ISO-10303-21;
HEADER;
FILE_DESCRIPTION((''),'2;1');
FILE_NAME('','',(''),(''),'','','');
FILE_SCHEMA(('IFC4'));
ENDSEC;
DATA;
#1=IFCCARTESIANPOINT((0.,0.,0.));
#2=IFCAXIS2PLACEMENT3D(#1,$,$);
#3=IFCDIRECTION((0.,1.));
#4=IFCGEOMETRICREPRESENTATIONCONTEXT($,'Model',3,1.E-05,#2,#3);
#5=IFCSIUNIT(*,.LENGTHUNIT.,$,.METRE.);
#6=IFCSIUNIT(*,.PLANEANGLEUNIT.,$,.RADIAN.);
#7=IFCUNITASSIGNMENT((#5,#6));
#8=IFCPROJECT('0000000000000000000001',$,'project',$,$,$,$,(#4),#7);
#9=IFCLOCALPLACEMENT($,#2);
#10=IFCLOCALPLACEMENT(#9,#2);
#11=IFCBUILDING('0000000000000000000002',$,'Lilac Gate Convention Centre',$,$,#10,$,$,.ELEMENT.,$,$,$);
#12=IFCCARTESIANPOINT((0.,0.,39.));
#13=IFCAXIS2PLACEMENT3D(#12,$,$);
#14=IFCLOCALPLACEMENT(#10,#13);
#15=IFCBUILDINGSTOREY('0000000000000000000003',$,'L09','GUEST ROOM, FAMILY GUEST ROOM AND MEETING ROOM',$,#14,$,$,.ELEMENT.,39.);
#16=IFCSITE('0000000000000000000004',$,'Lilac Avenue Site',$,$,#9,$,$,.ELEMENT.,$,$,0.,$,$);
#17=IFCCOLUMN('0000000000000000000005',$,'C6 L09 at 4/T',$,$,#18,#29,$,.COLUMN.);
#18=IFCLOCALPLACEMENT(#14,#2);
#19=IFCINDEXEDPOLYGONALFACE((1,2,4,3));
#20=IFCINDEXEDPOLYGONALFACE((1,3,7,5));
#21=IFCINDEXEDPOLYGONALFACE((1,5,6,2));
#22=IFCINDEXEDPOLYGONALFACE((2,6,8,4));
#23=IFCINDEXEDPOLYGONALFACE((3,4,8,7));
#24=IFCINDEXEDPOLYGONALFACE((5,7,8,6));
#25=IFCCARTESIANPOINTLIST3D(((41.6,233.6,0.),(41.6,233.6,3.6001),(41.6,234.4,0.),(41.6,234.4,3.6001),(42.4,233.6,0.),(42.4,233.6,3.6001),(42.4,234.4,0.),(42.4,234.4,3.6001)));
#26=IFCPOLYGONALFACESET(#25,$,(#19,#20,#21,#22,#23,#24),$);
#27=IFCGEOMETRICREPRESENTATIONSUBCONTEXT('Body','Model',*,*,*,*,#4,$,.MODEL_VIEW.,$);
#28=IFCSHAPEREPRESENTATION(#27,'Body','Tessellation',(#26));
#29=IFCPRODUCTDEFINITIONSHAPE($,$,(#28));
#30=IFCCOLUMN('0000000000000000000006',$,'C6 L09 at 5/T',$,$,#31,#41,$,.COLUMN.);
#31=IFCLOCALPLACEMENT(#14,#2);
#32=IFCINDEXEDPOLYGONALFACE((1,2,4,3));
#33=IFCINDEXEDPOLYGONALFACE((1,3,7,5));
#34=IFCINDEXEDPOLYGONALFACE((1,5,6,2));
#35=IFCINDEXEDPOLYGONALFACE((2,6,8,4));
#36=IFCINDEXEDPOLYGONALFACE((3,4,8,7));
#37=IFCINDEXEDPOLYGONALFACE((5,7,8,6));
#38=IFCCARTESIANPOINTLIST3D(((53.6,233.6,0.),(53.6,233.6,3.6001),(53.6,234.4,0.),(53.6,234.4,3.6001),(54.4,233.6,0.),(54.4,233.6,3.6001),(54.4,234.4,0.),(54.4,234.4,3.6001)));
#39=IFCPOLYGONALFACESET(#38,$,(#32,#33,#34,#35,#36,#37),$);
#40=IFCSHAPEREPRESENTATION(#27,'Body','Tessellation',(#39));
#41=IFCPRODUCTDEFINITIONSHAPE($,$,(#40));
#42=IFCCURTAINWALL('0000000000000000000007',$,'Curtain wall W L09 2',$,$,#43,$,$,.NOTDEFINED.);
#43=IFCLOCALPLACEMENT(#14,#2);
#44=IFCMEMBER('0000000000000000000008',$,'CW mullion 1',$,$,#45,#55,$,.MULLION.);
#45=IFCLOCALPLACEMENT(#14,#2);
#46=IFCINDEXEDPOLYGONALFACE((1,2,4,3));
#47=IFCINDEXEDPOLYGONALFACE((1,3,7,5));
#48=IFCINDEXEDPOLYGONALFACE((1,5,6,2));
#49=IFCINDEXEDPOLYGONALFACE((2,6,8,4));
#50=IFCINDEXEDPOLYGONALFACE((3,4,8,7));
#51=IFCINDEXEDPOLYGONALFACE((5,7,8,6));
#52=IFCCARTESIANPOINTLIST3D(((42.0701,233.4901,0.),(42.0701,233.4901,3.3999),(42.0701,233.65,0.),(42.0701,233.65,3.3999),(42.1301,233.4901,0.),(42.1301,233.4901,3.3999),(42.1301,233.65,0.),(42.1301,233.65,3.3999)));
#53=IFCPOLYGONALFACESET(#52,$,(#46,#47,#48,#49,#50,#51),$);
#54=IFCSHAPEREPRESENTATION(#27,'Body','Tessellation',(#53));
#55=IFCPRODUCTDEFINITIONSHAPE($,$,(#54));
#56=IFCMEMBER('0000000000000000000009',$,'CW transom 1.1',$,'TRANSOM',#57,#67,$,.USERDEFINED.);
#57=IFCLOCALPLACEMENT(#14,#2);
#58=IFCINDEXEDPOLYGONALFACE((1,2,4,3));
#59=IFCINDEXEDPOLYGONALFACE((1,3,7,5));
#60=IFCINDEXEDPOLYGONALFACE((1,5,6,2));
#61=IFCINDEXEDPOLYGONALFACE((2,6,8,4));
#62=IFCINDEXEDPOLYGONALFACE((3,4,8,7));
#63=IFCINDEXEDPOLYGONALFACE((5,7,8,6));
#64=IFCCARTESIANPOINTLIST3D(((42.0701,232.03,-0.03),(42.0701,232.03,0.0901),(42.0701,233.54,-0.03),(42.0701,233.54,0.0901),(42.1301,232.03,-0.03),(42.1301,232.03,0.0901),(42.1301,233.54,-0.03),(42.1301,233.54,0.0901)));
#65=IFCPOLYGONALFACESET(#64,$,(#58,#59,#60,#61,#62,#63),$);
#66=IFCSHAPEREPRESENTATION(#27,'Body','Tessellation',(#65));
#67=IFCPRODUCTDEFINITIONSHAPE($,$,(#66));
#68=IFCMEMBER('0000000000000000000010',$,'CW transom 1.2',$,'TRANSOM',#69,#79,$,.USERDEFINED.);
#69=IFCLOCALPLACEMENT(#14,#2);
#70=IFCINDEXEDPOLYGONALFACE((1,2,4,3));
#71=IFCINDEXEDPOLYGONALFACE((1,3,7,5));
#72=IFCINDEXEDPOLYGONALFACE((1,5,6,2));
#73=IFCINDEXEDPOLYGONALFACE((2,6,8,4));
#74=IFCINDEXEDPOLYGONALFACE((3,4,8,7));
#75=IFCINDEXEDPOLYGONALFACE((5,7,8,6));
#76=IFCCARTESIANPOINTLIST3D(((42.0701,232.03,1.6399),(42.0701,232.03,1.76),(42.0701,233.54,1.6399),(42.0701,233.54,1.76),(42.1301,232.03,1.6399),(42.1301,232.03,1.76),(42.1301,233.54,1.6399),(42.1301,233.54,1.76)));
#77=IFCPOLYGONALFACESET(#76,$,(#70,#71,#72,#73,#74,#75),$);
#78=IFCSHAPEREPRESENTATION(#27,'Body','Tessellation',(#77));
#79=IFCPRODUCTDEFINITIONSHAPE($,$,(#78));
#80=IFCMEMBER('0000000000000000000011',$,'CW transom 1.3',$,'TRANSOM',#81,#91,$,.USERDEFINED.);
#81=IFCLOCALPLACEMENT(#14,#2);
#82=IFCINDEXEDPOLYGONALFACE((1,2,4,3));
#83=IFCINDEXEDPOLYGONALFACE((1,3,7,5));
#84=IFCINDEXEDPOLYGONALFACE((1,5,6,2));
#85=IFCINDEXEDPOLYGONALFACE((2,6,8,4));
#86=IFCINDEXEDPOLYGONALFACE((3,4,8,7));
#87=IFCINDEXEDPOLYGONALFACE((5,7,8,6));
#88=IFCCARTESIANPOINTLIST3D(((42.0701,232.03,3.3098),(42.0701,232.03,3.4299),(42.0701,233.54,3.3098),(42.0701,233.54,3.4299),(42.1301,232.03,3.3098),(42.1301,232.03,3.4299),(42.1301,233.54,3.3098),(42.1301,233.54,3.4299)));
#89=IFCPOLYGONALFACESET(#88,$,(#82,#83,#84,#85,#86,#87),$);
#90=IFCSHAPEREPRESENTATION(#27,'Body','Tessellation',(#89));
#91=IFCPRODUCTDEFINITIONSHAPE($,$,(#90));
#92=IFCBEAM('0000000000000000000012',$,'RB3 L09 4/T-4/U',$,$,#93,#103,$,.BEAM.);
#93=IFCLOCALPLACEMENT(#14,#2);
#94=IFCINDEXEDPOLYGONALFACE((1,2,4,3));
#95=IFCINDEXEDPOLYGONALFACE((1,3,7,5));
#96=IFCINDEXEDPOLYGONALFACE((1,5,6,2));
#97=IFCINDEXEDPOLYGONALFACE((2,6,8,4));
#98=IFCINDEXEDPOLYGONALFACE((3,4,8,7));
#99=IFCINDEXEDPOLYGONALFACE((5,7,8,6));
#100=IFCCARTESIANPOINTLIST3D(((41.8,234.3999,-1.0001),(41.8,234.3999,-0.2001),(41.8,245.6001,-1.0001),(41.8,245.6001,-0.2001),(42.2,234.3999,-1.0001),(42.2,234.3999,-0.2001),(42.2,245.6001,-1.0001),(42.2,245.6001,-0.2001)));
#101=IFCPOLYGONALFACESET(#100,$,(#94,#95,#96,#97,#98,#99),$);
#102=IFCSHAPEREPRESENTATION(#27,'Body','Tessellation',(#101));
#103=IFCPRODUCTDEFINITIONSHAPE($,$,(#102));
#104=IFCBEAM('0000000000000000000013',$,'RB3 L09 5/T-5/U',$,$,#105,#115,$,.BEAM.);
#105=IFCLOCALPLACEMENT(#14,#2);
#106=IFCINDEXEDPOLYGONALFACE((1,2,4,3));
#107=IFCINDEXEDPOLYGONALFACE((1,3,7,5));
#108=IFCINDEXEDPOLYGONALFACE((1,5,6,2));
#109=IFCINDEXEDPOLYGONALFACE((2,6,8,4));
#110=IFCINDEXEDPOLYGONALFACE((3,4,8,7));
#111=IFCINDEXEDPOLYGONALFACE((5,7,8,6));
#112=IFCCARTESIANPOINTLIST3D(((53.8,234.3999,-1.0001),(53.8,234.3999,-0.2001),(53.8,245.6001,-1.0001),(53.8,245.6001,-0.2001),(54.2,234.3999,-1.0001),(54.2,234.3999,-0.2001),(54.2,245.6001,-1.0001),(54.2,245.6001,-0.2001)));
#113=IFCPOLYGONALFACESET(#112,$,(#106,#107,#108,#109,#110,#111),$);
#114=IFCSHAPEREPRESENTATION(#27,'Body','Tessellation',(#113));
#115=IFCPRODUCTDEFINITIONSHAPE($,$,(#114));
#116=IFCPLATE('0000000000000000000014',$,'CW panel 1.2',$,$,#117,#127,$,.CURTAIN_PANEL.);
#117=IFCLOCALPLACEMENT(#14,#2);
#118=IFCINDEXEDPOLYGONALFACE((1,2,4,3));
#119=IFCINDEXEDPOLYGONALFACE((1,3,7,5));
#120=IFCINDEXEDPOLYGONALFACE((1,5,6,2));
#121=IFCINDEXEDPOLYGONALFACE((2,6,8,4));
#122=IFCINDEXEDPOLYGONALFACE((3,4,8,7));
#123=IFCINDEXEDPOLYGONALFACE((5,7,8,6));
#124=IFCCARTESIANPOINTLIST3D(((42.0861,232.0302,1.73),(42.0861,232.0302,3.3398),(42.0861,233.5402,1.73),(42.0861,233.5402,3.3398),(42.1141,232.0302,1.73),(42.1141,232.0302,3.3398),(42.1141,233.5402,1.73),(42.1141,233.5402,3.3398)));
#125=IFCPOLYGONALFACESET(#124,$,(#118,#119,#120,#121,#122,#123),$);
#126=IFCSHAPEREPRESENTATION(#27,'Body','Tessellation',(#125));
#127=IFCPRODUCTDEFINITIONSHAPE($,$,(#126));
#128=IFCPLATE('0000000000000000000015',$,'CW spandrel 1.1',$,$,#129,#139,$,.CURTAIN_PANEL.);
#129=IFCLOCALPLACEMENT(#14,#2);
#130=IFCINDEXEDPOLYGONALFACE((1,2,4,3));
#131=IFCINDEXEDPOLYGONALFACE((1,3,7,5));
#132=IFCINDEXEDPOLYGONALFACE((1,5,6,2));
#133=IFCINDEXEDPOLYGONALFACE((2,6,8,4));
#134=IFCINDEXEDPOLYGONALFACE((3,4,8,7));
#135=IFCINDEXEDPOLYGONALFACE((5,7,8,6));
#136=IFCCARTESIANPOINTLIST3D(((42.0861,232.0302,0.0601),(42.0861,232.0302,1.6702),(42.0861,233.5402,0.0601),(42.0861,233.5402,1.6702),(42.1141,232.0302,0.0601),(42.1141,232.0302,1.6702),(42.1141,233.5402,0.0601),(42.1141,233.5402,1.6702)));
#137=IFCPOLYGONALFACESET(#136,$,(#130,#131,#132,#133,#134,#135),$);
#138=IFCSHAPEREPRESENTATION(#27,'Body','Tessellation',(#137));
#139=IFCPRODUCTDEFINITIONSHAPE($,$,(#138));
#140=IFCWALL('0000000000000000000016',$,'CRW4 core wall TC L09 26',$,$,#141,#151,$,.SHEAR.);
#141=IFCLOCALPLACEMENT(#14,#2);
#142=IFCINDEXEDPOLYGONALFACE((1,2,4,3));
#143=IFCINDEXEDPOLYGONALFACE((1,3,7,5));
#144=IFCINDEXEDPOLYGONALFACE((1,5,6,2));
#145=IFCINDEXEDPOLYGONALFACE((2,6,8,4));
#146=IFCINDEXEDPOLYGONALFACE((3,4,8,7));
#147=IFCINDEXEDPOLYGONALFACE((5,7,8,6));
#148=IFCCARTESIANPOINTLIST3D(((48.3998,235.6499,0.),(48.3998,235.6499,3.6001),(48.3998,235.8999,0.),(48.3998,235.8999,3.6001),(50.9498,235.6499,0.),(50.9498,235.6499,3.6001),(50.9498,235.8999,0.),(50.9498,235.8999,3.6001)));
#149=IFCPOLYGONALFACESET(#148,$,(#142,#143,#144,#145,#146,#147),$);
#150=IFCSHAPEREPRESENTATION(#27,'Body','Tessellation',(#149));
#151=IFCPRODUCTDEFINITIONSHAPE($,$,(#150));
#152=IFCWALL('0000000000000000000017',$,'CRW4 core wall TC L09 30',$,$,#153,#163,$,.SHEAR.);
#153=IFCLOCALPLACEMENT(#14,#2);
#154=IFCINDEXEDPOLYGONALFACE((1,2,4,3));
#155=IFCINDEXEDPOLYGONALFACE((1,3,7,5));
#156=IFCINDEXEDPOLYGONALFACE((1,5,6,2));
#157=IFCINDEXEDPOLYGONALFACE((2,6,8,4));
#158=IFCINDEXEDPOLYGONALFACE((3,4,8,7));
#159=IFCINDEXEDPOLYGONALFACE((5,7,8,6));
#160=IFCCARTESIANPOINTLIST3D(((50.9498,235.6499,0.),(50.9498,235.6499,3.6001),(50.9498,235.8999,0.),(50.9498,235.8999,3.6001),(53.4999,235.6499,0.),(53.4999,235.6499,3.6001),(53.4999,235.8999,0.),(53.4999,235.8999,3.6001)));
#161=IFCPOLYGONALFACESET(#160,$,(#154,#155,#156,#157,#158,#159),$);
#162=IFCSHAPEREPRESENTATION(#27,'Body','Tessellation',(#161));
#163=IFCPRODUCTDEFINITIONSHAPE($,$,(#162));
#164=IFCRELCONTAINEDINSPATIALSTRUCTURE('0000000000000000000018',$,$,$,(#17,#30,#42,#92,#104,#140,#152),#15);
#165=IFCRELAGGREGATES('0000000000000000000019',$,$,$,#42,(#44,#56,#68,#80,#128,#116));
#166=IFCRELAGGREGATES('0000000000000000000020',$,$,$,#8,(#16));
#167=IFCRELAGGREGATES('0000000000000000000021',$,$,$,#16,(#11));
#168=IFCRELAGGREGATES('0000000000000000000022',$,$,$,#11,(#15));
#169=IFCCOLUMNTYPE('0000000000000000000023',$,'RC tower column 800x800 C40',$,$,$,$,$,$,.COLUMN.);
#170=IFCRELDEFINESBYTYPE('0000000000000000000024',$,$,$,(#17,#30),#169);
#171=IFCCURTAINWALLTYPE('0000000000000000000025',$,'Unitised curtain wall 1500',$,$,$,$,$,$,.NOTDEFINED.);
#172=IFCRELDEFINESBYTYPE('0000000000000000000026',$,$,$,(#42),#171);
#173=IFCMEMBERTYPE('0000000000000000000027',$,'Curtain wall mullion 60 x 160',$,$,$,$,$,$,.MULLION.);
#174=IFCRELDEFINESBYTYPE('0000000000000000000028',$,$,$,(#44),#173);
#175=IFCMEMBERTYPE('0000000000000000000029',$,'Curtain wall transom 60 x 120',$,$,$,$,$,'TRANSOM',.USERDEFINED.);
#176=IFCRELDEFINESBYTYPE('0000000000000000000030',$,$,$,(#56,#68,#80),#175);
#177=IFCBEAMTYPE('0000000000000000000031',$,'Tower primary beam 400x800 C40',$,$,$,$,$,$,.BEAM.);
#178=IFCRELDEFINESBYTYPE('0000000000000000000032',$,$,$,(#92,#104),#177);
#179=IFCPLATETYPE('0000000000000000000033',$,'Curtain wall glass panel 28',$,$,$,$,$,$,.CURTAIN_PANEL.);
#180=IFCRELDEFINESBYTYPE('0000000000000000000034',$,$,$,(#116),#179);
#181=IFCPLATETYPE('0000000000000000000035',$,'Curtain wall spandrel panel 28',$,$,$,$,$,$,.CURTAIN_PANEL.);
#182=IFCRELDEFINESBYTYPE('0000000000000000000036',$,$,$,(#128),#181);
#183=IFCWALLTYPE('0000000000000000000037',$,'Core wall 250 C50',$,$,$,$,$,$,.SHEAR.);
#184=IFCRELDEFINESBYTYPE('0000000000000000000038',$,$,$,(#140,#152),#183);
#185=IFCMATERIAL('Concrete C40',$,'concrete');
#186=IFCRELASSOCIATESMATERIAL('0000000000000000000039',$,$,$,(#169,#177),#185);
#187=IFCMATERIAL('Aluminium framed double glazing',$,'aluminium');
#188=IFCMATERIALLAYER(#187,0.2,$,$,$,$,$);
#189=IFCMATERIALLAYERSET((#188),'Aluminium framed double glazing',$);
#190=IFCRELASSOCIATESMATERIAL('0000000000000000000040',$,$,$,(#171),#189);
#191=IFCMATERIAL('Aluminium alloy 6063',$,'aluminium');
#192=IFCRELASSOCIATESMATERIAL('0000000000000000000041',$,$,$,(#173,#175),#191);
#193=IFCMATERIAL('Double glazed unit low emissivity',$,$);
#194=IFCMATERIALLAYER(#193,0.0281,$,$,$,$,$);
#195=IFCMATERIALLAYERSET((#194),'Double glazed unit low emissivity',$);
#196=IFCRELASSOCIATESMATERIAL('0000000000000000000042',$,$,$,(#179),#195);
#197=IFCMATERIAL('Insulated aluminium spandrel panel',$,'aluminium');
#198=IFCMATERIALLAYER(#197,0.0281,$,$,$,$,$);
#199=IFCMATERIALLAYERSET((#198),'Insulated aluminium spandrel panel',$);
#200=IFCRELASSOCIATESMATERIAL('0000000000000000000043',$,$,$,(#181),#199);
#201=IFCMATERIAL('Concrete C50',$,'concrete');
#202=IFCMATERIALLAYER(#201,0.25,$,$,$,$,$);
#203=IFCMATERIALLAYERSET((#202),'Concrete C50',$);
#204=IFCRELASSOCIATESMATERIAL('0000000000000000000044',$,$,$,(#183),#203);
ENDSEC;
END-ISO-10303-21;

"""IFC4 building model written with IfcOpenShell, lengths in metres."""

from ifc_helpers import new_model, si_unit, direction, frame, frame_2d, origin, origin_2d, place, context, subcontext, project, spatial, rectangle, extrude, material, layer, layer_set, material_profile, profile_set, type_object, element, aggregate, save


model = new_model("IFC4")

# Units and contexts
model_context = context("Model", 3, precision=1e-05, world=origin(), true_north=direction((0.0, 1.0)))
body_context = subcontext(model_context, "Body", "Model", "MODEL_VIEW")
ifc_project = project(units=[si_unit("LENGTHUNIT", "METRE"), si_unit("PLANEANGLEUNIT", "RADIAN")], contexts=[model_context])

# Site, building, storey
site_placement = place(None, origin())
site = spatial("IfcSite", under=ifc_project, at=site_placement, Name="Lilac Avenue Site", CompositionType="ELEMENT", RefElevation=0.0)
building_placement = place(site_placement, origin())
building = spatial("IfcBuilding", under=site, at=building_placement, Name="Lilac Gate Convention Centre", CompositionType="ELEMENT")
storey_placement = place(building_placement, frame((0.0, 0.0, 39.0)))
storey = spatial("IfcBuildingStorey", under=building, at=storey_placement, Name="L09", Description="GUEST ROOM, FAMILY GUEST ROOM AND MEETING ROOM", CompositionType="ELEMENT", Elevation=39.0)

# Columns
ifc_material_1 = material(Name="Concrete C40", Category="concrete")
ifc_material_profile_1 = material_profile(ifc_material_1, rectangle(XDim=0.8, YDim=0.8, at=origin_2d()), Name="RC 800x800")
ifc_profile_set_1 = profile_set([ifc_material_profile_1], Name="Concrete C40")
column_type = type_object("IfcColumnType", Name="RC tower column 800x800 C40", PredefinedType="COLUMN", material=ifc_profile_set_1)
for number, where, z_axis, x_axis, name in (
    (1, (42.0, 234.0, 0.0), (0.0, 0.0, 1.0), (1.0, 0.0, 0.0), "C6 L09 at 4/T"),
    (2, (54.0, 234.0, 0.0), (0.0, 0.0, 1.0), (1.0, 0.0, 0.0), "C6 L09 at 5/T"),
):
    element("IfcColumn", number, at=place(storey_placement, frame(where, z_axis=z_axis, x_axis=x_axis)), inside=storey, type_object=column_type, Name=name, PredefinedType="COLUMN", context=body_context, shape_type="SweptSolid", body=[
        extrude(rectangle(XDim=0.8, YDim=0.8, at=origin_2d()), origin(), (0.0, 0.0, 1.0), 3.6001),
    ])

# Curtain wall, members
ifc_material_2 = material(Name="Aluminium framed double glazing", Category="aluminium")
ifc_layer_1 = layer(ifc_material_2, 0.2)
ifc_layer_set_1 = layer_set([ifc_layer_1], Name="Aluminium framed double glazing")
curtain_wall_type = type_object("IfcCurtainWallType", Name="Unitised curtain wall 1500", PredefinedType="NOTDEFINED", material=ifc_layer_set_1)
curtain_wall_placement = place(storey_placement, origin())
curtain_wall = element("IfcCurtainWall", 3, at=curtain_wall_placement, inside=storey, type_object=curtain_wall_type, Name="Curtain wall W L09 2", PredefinedType="NOTDEFINED")
ifc_material_3 = material(Name="Aluminium alloy 6063", Category="aluminium")
ifc_material_profile_2 = material_profile(ifc_material_3, rectangle(XDim=0.0601, YDim=0.1599, at=origin_2d()), Name="Curtain wall mullion 60 x 160")
ifc_profile_set_2 = profile_set([ifc_material_profile_2], Name="Aluminium alloy 6063")
member_type_1 = type_object("IfcMemberType", Name="Curtain wall mullion 60 x 160", PredefinedType="MULLION", material=ifc_profile_set_2)
member_1_placement = place(storey_placement, frame((42.1001, 233.5701, 0.0), z_axis=(0.0, 0.0, 1.0), x_axis=(1.0, 0.0, 0.0)))
member_1 = element("IfcMember", 4, at=member_1_placement, type_object=member_type_1, Name="CW mullion 1", PredefinedType="MULLION", context=body_context, shape_type="SweptSolid", body=[
    extrude(rectangle(XDim=0.0601, YDim=0.1599, at=origin_2d()), origin(), (0.0, 0.0, 1.0), 3.3999),
])
ifc_material_profile_3 = material_profile(ifc_material_3, rectangle(XDim=0.0601, YDim=0.1201, at=origin_2d()), Name="Curtain wall transom 60 x 120")
ifc_profile_set_3 = profile_set([ifc_material_profile_3], Name="Aluminium alloy 6063")
member_type_2 = type_object("IfcMemberType", Name="Curtain wall transom 60 x 120", ElementType="TRANSOM", PredefinedType="USERDEFINED", material=ifc_profile_set_3)
member_2_placement = place(storey_placement, frame((42.1001, 233.54, 0.03), z_axis=(0.0, -1.0, 0.0), x_axis=(1.0, 0.0, 0.0)))
member_2 = element("IfcMember", 5, at=member_2_placement, type_object=member_type_2, Name="CW transom 1.1", ObjectType="TRANSOM", PredefinedType="USERDEFINED", context=body_context, shape_type="SweptSolid", body=[
    extrude(rectangle(XDim=0.0601, YDim=0.1201, at=origin_2d()), origin(), (0.0, 0.0, 1.0), 1.51),
])
member_3_placement = place(storey_placement, frame((42.1001, 233.54, 1.7), z_axis=(0.0, -1.0, 0.0), x_axis=(1.0, 0.0, 0.0)))
member_3 = element("IfcMember", 6, at=member_3_placement, type_object=member_type_2, Name="CW transom 1.2", ObjectType="TRANSOM", PredefinedType="USERDEFINED", context=body_context, shape_type="SweptSolid", body=[
    extrude(rectangle(XDim=0.0601, YDim=0.1201, at=origin_2d()), origin(), (0.0, 0.0, 1.0), 1.51),
])
member_4_placement = place(storey_placement, frame((42.1001, 233.54, 3.3699), z_axis=(0.0, -1.0, 0.0), x_axis=(1.0, 0.0, 0.0)))
member_4 = element("IfcMember", 7, at=member_4_placement, type_object=member_type_2, Name="CW transom 1.3", ObjectType="TRANSOM", PredefinedType="USERDEFINED", context=body_context, shape_type="SweptSolid", body=[
    extrude(rectangle(XDim=0.0601, YDim=0.1201, at=origin_2d()), origin(), (0.0, 0.0, 1.0), 1.51),
])

# Beams
ifc_material_profile_4 = material_profile(ifc_material_1, rectangle(XDim=0.3999, YDim=0.8, at=origin_2d()), Name="RC 400x800")
ifc_profile_set_4 = profile_set([ifc_material_profile_4], Name="Concrete C40")
beam_type = type_object("IfcBeamType", Name="Tower primary beam 400x800 C40", PredefinedType="BEAM", material=ifc_profile_set_4)
for number, where, z_axis, x_axis, name in (
    (8, (42.0, 234.3999, -0.6001), (0.0, 1.0, 0.0), (-1.0, 0.0, 0.0), "RB3 L09 4/T-4/U"),
    (9, (54.0, 234.3999, -0.6001), (0.0, 1.0, 0.0), (-1.0, 0.0, 0.0), "RB3 L09 5/T-5/U"),
):
    element("IfcBeam", number, at=place(storey_placement, frame(where, z_axis=z_axis, x_axis=x_axis)), inside=storey, type_object=beam_type, Name=name, PredefinedType="BEAM", context=body_context, shape_type="SweptSolid", body=[
        extrude(rectangle(XDim=0.3999, YDim=0.8, at=origin_2d()), origin(), (0.0, 0.0, 1.0), 11.2002),
    ])

# Plates
ifc_material_4 = material(Name="Double glazed unit low emissivity")
ifc_layer_2 = layer(ifc_material_4, 0.0281)
ifc_layer_set_2 = layer_set([ifc_layer_2], Name="Double glazed unit low emissivity")
plate_type_1 = type_object("IfcPlateType", Name="Curtain wall glass panel 28", PredefinedType="CURTAIN_PANEL", material=ifc_layer_set_2)
plate_1_placement = place(storey_placement, frame((42.1001, 232.7852, 1.73), z_axis=(0.0, 0.0, 1.0), x_axis=(0.0, -1.0, 0.0)))
plate_1 = element("IfcPlate", 10, at=plate_1_placement, type_object=plate_type_1, Name="CW panel 1.2", PredefinedType="CURTAIN_PANEL", context=body_context, shape_type="SweptSolid", body=[
    extrude(rectangle(XDim=1.51, YDim=0.0281, at=origin_2d()), origin(), (0.0, 0.0, 1.0), 1.6099),
])
ifc_material_5 = material(Name="Insulated aluminium spandrel panel", Category="aluminium")
ifc_layer_3 = layer(ifc_material_5, 0.0281)
ifc_layer_set_3 = layer_set([ifc_layer_3], Name="Insulated aluminium spandrel panel")
plate_type_2 = type_object("IfcPlateType", Name="Curtain wall spandrel panel 28", PredefinedType="CURTAIN_PANEL", material=ifc_layer_set_3)
plate_2_placement = place(storey_placement, frame((42.1001, 232.7852, 0.0601), z_axis=(0.0, 0.0, 1.0), x_axis=(0.0, -1.0, 0.0)))
plate_2 = element("IfcPlate", 11, at=plate_2_placement, type_object=plate_type_2, Name="CW spandrel 1.1", PredefinedType="CURTAIN_PANEL", context=body_context, shape_type="SweptSolid", body=[
    extrude(rectangle(XDim=1.51, YDim=0.0281, at=origin_2d()), origin(), (0.0, 0.0, 1.0), 1.6101),
])
aggregate(curtain_wall, [member_1, member_2, member_3, member_4, plate_2, plate_1])

# Walls
ifc_material_6 = material(Name="Concrete C50", Category="concrete")
ifc_layer_4 = layer(ifc_material_6, 0.25)
ifc_layer_set_4 = layer_set([ifc_layer_4], Name="Concrete C50")
wall_type_1 = type_object("IfcWallType", Name="Core wall 250 C50", PredefinedType="SHEAR", material=ifc_layer_set_4)
for number, where, z_axis, x_axis, name in (
    (12, (48.3999, 235.7749, 0.0), (0.0, 0.0, 1.0), (1.0, 0.0, 0.0), "CRW4 core wall TC L09 26"),
    (13, (50.95, 235.7749, 0.0), (0.0, 0.0, 1.0), (1.0, 0.0, 0.0), "CRW4 core wall TC L09 30"),
):
    element("IfcWall", number, at=place(storey_placement, frame(where, z_axis=z_axis, x_axis=x_axis)), inside=storey, type_object=wall_type_1, Name=name, PredefinedType="SHEAR", context=body_context, shape_type="SweptSolid", body=[
        extrude(rectangle(XDim=2.55, YDim=0.25, at=frame_2d((1.2749, 0.0))), origin(), (0.0, 0.0, 1.0), 3.6001),
    ])

save(model, "model.ifc")
